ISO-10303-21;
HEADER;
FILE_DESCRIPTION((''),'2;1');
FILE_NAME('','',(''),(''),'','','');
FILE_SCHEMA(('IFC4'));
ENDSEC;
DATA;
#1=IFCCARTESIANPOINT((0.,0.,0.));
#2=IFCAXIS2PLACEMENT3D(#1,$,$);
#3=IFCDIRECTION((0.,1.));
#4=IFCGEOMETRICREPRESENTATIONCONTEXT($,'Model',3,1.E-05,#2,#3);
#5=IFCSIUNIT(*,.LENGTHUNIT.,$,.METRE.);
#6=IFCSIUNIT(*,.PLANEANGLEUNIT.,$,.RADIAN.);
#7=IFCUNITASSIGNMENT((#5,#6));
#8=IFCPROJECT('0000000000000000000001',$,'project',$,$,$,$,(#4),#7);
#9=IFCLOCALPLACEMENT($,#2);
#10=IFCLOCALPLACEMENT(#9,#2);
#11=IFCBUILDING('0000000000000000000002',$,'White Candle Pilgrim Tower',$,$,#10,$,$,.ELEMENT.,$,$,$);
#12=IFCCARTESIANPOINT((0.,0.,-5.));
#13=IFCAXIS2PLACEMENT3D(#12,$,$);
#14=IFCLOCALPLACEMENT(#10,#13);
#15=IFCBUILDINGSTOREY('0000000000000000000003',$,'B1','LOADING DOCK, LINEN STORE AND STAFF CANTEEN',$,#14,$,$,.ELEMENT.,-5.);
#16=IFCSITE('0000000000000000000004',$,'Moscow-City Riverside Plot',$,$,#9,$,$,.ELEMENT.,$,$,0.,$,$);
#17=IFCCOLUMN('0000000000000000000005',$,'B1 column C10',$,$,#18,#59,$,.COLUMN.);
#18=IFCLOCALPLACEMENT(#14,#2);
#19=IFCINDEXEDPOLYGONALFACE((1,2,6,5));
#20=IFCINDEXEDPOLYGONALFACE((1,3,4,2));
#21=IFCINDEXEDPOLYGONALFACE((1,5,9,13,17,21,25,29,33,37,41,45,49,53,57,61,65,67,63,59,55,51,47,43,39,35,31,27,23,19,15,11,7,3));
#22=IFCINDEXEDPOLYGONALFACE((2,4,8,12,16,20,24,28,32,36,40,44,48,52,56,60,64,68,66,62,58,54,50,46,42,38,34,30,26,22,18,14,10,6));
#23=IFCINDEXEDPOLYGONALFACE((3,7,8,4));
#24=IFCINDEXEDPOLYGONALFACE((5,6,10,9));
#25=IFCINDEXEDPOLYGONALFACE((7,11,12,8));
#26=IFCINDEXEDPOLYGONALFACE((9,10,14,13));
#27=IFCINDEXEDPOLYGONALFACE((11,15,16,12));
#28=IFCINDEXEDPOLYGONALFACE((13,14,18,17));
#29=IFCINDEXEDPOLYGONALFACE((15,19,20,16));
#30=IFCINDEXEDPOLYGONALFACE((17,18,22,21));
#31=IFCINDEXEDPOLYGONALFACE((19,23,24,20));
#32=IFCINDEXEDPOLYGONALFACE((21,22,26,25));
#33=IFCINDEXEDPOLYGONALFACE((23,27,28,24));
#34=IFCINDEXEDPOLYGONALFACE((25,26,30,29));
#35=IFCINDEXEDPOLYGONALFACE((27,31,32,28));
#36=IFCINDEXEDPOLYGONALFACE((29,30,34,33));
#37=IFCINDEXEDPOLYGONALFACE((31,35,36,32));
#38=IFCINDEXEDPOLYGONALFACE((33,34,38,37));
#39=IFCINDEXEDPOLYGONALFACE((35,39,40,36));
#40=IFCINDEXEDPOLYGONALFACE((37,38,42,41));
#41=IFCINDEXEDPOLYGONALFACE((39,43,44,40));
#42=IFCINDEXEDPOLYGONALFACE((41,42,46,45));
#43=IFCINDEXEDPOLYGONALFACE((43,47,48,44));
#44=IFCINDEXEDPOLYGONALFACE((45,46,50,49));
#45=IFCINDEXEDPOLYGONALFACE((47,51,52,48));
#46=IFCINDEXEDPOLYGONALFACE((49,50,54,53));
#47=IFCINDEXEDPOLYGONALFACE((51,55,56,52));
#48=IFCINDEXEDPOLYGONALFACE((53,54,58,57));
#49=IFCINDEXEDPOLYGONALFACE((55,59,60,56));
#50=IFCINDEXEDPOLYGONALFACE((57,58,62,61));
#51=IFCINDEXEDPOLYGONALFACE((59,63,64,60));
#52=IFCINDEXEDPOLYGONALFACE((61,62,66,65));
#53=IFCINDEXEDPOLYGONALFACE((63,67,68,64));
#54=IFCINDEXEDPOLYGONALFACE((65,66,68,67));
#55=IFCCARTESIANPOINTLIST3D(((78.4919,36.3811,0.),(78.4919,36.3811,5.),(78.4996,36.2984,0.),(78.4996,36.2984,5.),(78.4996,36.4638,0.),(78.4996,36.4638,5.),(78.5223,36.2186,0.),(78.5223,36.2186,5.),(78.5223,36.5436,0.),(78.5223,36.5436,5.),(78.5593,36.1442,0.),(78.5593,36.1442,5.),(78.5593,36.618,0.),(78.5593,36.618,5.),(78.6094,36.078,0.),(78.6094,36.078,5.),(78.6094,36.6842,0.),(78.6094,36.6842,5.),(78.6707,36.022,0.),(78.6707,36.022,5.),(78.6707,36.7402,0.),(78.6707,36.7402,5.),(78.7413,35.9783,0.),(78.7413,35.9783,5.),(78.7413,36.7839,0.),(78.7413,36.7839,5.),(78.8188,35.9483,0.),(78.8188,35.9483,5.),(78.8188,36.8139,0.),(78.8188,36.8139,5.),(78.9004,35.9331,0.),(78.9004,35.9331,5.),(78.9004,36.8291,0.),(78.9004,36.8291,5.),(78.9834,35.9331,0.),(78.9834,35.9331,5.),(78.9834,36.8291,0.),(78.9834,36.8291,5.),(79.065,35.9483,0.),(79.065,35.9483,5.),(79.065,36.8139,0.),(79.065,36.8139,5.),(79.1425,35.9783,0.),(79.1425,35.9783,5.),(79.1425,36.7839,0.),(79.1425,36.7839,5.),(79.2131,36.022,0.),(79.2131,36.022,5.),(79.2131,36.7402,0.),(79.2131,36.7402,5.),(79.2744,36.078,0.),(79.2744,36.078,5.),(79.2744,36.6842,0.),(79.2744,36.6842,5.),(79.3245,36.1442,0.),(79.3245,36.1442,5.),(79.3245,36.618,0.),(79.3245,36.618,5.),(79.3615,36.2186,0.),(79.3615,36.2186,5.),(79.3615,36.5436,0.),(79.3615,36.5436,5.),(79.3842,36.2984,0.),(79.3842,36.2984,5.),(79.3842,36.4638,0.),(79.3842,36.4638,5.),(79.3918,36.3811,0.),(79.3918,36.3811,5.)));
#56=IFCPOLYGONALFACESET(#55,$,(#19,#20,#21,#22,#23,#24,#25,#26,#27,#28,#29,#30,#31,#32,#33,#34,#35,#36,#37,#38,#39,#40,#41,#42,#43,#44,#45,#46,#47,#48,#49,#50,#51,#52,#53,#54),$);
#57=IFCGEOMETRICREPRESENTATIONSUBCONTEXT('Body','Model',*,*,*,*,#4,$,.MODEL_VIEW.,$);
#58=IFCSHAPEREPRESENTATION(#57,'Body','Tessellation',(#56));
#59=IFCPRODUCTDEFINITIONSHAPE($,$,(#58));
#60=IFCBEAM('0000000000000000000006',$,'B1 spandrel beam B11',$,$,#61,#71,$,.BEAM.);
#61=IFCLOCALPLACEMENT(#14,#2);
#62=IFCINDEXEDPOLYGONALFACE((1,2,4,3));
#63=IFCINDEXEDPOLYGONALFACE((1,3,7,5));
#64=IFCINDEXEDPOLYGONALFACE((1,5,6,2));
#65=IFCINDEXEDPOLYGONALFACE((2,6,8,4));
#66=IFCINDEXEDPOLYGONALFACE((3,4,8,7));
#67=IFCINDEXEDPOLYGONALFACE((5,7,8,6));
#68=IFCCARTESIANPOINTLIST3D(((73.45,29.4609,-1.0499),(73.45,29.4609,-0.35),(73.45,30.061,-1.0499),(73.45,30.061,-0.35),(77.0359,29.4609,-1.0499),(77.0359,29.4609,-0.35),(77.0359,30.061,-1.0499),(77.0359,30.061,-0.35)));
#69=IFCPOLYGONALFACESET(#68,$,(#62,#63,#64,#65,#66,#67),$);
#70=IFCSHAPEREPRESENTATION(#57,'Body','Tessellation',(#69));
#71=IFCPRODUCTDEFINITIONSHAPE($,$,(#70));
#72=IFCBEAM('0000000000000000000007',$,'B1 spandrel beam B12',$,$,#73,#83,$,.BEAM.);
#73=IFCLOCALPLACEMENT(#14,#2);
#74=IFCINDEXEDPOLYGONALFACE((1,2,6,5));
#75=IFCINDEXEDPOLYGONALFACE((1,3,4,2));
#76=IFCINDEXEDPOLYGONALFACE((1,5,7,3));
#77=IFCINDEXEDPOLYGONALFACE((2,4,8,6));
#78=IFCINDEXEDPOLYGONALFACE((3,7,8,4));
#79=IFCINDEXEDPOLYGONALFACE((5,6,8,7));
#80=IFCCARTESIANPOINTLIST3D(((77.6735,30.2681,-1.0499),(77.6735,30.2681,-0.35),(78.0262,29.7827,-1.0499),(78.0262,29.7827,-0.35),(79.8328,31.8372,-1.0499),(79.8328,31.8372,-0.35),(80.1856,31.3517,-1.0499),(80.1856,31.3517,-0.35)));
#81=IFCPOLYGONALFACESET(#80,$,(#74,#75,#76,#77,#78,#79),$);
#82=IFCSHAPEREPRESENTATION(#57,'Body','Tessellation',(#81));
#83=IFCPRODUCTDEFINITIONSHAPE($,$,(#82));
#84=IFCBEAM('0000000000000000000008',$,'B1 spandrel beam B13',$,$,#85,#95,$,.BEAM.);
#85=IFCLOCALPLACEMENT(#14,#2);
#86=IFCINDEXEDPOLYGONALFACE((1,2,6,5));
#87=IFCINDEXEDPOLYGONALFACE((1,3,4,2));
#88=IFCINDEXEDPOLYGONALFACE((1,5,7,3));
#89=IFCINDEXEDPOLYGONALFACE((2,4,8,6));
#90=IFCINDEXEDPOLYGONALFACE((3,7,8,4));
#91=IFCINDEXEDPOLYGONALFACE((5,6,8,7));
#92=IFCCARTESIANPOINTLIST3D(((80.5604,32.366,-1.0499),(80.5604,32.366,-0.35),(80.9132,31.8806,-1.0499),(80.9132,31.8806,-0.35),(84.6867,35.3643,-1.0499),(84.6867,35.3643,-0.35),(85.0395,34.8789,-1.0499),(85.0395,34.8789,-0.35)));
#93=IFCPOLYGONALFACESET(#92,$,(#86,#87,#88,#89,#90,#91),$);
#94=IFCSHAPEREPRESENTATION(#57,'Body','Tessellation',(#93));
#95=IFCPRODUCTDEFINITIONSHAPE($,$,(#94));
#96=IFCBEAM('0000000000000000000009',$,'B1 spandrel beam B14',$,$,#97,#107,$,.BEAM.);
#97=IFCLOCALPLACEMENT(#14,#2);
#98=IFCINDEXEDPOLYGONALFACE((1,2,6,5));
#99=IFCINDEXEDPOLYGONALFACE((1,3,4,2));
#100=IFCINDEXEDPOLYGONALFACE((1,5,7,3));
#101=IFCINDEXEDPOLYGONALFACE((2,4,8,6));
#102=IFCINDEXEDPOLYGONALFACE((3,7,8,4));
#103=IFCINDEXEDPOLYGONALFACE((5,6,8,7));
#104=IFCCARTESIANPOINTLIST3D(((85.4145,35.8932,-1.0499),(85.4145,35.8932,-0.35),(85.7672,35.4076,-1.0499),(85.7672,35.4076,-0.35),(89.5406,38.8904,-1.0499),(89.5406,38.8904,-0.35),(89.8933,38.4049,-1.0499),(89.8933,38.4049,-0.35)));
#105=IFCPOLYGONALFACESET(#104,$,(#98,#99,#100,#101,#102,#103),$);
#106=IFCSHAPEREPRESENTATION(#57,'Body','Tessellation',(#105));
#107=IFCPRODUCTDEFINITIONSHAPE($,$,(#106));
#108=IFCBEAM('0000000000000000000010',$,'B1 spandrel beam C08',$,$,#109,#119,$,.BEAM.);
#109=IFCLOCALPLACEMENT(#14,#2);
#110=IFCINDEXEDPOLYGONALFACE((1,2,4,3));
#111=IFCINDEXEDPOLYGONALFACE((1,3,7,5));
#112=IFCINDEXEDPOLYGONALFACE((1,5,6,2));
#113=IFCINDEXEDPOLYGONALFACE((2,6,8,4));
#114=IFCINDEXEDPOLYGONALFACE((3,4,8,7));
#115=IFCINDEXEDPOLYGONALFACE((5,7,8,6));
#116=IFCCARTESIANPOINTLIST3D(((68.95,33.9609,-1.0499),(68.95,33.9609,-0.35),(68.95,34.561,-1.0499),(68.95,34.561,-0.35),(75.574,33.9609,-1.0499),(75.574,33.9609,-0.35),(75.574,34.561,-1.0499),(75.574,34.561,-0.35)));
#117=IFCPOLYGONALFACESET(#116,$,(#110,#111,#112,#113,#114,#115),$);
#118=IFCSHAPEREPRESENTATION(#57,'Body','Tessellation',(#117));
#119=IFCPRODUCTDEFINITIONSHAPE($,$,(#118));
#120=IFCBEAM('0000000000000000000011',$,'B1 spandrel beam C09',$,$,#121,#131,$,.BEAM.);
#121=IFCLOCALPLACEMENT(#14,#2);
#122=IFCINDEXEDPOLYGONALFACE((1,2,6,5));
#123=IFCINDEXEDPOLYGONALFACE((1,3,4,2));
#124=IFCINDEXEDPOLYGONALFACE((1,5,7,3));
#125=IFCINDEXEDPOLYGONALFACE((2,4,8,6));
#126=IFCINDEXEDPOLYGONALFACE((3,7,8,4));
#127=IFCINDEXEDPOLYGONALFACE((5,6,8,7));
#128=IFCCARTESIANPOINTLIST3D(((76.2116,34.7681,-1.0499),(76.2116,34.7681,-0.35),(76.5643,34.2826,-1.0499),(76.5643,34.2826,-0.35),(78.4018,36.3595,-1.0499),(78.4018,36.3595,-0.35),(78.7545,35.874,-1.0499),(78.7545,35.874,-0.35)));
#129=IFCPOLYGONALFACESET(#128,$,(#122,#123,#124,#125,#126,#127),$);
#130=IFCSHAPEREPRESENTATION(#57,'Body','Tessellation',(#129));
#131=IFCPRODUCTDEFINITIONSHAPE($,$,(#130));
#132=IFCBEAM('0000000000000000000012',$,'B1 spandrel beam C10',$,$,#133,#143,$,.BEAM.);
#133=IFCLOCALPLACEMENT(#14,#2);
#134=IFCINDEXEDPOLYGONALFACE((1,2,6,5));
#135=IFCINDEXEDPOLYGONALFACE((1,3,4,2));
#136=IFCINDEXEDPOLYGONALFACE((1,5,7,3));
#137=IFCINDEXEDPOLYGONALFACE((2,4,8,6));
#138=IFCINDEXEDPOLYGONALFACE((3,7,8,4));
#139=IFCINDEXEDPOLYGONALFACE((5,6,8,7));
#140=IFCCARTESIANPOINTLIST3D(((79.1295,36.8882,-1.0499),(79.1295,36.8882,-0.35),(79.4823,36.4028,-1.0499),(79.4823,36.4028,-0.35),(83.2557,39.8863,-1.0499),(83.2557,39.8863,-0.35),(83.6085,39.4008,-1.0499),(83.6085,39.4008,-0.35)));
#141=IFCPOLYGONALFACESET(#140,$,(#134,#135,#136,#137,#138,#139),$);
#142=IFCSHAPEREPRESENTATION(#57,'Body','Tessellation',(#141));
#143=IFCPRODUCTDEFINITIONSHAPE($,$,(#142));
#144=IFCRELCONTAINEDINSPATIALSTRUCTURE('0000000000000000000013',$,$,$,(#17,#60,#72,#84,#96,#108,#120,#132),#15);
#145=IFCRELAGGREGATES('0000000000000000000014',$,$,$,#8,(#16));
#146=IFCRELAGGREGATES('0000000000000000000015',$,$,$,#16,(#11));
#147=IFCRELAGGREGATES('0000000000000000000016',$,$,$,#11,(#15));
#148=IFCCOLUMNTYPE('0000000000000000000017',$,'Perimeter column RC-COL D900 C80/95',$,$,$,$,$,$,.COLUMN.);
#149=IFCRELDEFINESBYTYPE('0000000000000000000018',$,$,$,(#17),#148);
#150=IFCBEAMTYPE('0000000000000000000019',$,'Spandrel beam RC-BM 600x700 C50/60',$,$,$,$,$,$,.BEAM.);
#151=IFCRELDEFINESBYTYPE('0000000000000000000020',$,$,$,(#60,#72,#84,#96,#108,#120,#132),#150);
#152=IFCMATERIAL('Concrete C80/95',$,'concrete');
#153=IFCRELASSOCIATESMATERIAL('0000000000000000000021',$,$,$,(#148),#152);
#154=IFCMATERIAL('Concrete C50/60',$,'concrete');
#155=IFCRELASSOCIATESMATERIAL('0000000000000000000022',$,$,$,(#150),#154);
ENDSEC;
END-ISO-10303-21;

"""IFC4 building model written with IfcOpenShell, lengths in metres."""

from ifc_helpers import new_model, si_unit, direction, frame, origin, origin_2d, place, context, subcontext, project, spatial, rectangle, circle, extrude, material, material_profile, profile_set, type_object, element, save


model = new_model("IFC4")

# Units and contexts
model_context = context("Model", 3, precision=1e-05, world=origin(), true_north=direction((0.0, 1.0)))
body_context = subcontext(model_context, "Body", "Model", "MODEL_VIEW")
ifc_project = project(units=[si_unit("LENGTHUNIT", "METRE"), si_unit("PLANEANGLEUNIT", "RADIAN")], contexts=[model_context])

# Site, building, storey
site_placement = place(None, origin())
site = spatial("IfcSite", under=ifc_project, at=site_placement, Name="Moscow-City Riverside Plot", CompositionType="ELEMENT", RefElevation=0.0)
building_placement = place(site_placement, origin())
building = spatial("IfcBuilding", under=site, at=building_placement, Name="White Candle Pilgrim Tower", CompositionType="ELEMENT")
storey_placement = place(building_placement, frame((0.0, 0.0, -5.0)))
storey = spatial("IfcBuildingStorey", under=building, at=storey_placement, Name="B1", Description="LOADING DOCK, LINEN STORE AND STAFF CANTEEN", CompositionType="ELEMENT", Elevation=-5.0)

# Column
ifc_material_1 = material(Name="Concrete C80/95", Category="concrete")
ifc_material_profile_1 = material_profile(ifc_material_1, circle(Radius=0.45, at=origin_2d()), Name="RC-COL D900")
ifc_profile_set_1 = profile_set([ifc_material_profile_1], Name="Concrete C80/95")
column_type = type_object("IfcColumnType", Name="Perimeter column RC-COL D900 C80/95", PredefinedType="COLUMN", material=ifc_profile_set_1)
for number, where, z_axis, x_axis, name in (
    (1, (78.9419, 36.3811, 0.0), (0.0, 0.0, 1.0), (1.0, 0.0, 0.0), "B1 column C10"),
):
    element("IfcColumn", number, at=place(storey_placement, frame(where, z_axis=z_axis, x_axis=x_axis)), inside=storey, type_object=column_type, Name=name, PredefinedType="COLUMN", context=body_context, shape_type="SweptSolid", body=[
        extrude(circle(Radius=0.45, at=origin_2d()), origin(), (0.0, 0.0, 1.0), 5.0),
    ])

# Beams
ifc_material_2 = material(Name="Concrete C50/60", Category="concrete")
ifc_material_profile_2 = material_profile(ifc_material_2, rectangle(XDim=0.6001, YDim=0.7, at=origin_2d()), Name="RC-BM 600x700")
ifc_profile_set_2 = profile_set([ifc_material_profile_2], Name="Concrete C50/60")
beam_type = type_object("IfcBeamType", Name="Spandrel beam RC-BM 600x700 C50/60", PredefinedType="BEAM", material=ifc_profile_set_2)
beam_1_placement = place(storey_placement, frame((73.45, 29.761, -0.7), z_axis=(1.0, 0.0, 0.0), x_axis=(0.0, 1.0, 0.0)))
element("IfcBeam", 2, at=beam_1_placement, inside=storey, type_object=beam_type, Name="B1 spandrel beam B11", PredefinedType="BEAM", context=body_context, shape_type="SweptSolid", body=[
    extrude(rectangle(XDim=0.6001, YDim=0.7, at=origin_2d()), origin(), (0.0, 0.0, 1.0), 3.5859),
])
beam_2_placement = place(storey_placement, frame((77.8499, 30.0254, -0.7), z_axis=(0.808985, 0.587829, 0.0), x_axis=(-0.587829, 0.808985, 0.0)))
element("IfcBeam", 3, at=beam_2_placement, inside=storey, type_object=beam_type, Name="B1 spandrel beam B12", PredefinedType="BEAM", context=body_context, shape_type="SweptSolid", body=[
    extrude(rectangle(XDim=0.6001, YDim=0.7, at=origin_2d()), origin(), (0.0, 0.0, 1.0), 2.6692),
])
beam_3_placement = place(storey_placement, frame((80.7368, 32.1233, -0.7), z_axis=(0.808978, 0.587839, 0.0), x_axis=(-0.587839, 0.808978, 0.0)))
element("IfcBeam", 4, at=beam_3_placement, inside=storey, type_object=beam_type, Name="B1 spandrel beam B13", PredefinedType="BEAM", context=body_context, shape_type="SweptSolid", body=[
    extrude(rectangle(XDim=0.6001, YDim=0.7, at=origin_2d()), origin(), (0.0, 0.0, 1.0), 5.1006),
])
beam_4_placement = place(storey_placement, frame((85.5908, 35.6504, -0.7), z_axis=(0.809069, 0.587713, 0.0), x_axis=(-0.587713, 0.809069, 0.0)))
element("IfcBeam", 5, at=beam_4_placement, inside=storey, type_object=beam_type, Name="B1 spandrel beam B14", PredefinedType="BEAM", context=body_context, shape_type="SweptSolid", body=[
    extrude(rectangle(XDim=0.6001, YDim=0.7, at=origin_2d()), origin(), (0.0, 0.0, 1.0), 5.0999),
])
beam_5_placement = place(storey_placement, frame((68.95, 34.261, -0.7), z_axis=(1.0, 0.0, 0.0), x_axis=(0.0, 1.0, 0.0)))
element("IfcBeam", 6, at=beam_5_placement, inside=storey, type_object=beam_type, Name="B1 spandrel beam C08", PredefinedType="BEAM", context=body_context, shape_type="SweptSolid", body=[
    extrude(rectangle(XDim=0.6001, YDim=0.7, at=origin_2d()), origin(), (0.0, 0.0, 1.0), 6.624),
])
beam_6_placement = place(storey_placement, frame((76.3879, 34.5254, -0.7), z_axis=(0.809009, 0.587796, 0.0), x_axis=(-0.587796, 0.809009, 0.0)))
element("IfcBeam", 7, at=beam_6_placement, inside=storey, type_object=beam_type, Name="B1 spandrel beam C09", PredefinedType="BEAM", context=body_context, shape_type="SweptSolid", body=[
    extrude(rectangle(XDim=0.6001, YDim=0.7, at=origin_2d()), origin(), (0.0, 0.0, 1.0), 2.7073),
])
beam_7_placement = place(storey_placement, frame((79.3059, 36.6455, -0.7), z_axis=(0.809001, 0.587807, 0.0), x_axis=(-0.587807, 0.809001, 0.0)))
element("IfcBeam", 8, at=beam_7_placement, inside=storey, type_object=beam_type, Name="B1 spandrel beam C10", PredefinedType="BEAM", context=body_context, shape_type="SweptSolid", body=[
    extrude(rectangle(XDim=0.6001, YDim=0.7, at=origin_2d()), origin(), (0.0, 0.0, 1.0), 5.1003),
])

save(model, "model.ifc")
